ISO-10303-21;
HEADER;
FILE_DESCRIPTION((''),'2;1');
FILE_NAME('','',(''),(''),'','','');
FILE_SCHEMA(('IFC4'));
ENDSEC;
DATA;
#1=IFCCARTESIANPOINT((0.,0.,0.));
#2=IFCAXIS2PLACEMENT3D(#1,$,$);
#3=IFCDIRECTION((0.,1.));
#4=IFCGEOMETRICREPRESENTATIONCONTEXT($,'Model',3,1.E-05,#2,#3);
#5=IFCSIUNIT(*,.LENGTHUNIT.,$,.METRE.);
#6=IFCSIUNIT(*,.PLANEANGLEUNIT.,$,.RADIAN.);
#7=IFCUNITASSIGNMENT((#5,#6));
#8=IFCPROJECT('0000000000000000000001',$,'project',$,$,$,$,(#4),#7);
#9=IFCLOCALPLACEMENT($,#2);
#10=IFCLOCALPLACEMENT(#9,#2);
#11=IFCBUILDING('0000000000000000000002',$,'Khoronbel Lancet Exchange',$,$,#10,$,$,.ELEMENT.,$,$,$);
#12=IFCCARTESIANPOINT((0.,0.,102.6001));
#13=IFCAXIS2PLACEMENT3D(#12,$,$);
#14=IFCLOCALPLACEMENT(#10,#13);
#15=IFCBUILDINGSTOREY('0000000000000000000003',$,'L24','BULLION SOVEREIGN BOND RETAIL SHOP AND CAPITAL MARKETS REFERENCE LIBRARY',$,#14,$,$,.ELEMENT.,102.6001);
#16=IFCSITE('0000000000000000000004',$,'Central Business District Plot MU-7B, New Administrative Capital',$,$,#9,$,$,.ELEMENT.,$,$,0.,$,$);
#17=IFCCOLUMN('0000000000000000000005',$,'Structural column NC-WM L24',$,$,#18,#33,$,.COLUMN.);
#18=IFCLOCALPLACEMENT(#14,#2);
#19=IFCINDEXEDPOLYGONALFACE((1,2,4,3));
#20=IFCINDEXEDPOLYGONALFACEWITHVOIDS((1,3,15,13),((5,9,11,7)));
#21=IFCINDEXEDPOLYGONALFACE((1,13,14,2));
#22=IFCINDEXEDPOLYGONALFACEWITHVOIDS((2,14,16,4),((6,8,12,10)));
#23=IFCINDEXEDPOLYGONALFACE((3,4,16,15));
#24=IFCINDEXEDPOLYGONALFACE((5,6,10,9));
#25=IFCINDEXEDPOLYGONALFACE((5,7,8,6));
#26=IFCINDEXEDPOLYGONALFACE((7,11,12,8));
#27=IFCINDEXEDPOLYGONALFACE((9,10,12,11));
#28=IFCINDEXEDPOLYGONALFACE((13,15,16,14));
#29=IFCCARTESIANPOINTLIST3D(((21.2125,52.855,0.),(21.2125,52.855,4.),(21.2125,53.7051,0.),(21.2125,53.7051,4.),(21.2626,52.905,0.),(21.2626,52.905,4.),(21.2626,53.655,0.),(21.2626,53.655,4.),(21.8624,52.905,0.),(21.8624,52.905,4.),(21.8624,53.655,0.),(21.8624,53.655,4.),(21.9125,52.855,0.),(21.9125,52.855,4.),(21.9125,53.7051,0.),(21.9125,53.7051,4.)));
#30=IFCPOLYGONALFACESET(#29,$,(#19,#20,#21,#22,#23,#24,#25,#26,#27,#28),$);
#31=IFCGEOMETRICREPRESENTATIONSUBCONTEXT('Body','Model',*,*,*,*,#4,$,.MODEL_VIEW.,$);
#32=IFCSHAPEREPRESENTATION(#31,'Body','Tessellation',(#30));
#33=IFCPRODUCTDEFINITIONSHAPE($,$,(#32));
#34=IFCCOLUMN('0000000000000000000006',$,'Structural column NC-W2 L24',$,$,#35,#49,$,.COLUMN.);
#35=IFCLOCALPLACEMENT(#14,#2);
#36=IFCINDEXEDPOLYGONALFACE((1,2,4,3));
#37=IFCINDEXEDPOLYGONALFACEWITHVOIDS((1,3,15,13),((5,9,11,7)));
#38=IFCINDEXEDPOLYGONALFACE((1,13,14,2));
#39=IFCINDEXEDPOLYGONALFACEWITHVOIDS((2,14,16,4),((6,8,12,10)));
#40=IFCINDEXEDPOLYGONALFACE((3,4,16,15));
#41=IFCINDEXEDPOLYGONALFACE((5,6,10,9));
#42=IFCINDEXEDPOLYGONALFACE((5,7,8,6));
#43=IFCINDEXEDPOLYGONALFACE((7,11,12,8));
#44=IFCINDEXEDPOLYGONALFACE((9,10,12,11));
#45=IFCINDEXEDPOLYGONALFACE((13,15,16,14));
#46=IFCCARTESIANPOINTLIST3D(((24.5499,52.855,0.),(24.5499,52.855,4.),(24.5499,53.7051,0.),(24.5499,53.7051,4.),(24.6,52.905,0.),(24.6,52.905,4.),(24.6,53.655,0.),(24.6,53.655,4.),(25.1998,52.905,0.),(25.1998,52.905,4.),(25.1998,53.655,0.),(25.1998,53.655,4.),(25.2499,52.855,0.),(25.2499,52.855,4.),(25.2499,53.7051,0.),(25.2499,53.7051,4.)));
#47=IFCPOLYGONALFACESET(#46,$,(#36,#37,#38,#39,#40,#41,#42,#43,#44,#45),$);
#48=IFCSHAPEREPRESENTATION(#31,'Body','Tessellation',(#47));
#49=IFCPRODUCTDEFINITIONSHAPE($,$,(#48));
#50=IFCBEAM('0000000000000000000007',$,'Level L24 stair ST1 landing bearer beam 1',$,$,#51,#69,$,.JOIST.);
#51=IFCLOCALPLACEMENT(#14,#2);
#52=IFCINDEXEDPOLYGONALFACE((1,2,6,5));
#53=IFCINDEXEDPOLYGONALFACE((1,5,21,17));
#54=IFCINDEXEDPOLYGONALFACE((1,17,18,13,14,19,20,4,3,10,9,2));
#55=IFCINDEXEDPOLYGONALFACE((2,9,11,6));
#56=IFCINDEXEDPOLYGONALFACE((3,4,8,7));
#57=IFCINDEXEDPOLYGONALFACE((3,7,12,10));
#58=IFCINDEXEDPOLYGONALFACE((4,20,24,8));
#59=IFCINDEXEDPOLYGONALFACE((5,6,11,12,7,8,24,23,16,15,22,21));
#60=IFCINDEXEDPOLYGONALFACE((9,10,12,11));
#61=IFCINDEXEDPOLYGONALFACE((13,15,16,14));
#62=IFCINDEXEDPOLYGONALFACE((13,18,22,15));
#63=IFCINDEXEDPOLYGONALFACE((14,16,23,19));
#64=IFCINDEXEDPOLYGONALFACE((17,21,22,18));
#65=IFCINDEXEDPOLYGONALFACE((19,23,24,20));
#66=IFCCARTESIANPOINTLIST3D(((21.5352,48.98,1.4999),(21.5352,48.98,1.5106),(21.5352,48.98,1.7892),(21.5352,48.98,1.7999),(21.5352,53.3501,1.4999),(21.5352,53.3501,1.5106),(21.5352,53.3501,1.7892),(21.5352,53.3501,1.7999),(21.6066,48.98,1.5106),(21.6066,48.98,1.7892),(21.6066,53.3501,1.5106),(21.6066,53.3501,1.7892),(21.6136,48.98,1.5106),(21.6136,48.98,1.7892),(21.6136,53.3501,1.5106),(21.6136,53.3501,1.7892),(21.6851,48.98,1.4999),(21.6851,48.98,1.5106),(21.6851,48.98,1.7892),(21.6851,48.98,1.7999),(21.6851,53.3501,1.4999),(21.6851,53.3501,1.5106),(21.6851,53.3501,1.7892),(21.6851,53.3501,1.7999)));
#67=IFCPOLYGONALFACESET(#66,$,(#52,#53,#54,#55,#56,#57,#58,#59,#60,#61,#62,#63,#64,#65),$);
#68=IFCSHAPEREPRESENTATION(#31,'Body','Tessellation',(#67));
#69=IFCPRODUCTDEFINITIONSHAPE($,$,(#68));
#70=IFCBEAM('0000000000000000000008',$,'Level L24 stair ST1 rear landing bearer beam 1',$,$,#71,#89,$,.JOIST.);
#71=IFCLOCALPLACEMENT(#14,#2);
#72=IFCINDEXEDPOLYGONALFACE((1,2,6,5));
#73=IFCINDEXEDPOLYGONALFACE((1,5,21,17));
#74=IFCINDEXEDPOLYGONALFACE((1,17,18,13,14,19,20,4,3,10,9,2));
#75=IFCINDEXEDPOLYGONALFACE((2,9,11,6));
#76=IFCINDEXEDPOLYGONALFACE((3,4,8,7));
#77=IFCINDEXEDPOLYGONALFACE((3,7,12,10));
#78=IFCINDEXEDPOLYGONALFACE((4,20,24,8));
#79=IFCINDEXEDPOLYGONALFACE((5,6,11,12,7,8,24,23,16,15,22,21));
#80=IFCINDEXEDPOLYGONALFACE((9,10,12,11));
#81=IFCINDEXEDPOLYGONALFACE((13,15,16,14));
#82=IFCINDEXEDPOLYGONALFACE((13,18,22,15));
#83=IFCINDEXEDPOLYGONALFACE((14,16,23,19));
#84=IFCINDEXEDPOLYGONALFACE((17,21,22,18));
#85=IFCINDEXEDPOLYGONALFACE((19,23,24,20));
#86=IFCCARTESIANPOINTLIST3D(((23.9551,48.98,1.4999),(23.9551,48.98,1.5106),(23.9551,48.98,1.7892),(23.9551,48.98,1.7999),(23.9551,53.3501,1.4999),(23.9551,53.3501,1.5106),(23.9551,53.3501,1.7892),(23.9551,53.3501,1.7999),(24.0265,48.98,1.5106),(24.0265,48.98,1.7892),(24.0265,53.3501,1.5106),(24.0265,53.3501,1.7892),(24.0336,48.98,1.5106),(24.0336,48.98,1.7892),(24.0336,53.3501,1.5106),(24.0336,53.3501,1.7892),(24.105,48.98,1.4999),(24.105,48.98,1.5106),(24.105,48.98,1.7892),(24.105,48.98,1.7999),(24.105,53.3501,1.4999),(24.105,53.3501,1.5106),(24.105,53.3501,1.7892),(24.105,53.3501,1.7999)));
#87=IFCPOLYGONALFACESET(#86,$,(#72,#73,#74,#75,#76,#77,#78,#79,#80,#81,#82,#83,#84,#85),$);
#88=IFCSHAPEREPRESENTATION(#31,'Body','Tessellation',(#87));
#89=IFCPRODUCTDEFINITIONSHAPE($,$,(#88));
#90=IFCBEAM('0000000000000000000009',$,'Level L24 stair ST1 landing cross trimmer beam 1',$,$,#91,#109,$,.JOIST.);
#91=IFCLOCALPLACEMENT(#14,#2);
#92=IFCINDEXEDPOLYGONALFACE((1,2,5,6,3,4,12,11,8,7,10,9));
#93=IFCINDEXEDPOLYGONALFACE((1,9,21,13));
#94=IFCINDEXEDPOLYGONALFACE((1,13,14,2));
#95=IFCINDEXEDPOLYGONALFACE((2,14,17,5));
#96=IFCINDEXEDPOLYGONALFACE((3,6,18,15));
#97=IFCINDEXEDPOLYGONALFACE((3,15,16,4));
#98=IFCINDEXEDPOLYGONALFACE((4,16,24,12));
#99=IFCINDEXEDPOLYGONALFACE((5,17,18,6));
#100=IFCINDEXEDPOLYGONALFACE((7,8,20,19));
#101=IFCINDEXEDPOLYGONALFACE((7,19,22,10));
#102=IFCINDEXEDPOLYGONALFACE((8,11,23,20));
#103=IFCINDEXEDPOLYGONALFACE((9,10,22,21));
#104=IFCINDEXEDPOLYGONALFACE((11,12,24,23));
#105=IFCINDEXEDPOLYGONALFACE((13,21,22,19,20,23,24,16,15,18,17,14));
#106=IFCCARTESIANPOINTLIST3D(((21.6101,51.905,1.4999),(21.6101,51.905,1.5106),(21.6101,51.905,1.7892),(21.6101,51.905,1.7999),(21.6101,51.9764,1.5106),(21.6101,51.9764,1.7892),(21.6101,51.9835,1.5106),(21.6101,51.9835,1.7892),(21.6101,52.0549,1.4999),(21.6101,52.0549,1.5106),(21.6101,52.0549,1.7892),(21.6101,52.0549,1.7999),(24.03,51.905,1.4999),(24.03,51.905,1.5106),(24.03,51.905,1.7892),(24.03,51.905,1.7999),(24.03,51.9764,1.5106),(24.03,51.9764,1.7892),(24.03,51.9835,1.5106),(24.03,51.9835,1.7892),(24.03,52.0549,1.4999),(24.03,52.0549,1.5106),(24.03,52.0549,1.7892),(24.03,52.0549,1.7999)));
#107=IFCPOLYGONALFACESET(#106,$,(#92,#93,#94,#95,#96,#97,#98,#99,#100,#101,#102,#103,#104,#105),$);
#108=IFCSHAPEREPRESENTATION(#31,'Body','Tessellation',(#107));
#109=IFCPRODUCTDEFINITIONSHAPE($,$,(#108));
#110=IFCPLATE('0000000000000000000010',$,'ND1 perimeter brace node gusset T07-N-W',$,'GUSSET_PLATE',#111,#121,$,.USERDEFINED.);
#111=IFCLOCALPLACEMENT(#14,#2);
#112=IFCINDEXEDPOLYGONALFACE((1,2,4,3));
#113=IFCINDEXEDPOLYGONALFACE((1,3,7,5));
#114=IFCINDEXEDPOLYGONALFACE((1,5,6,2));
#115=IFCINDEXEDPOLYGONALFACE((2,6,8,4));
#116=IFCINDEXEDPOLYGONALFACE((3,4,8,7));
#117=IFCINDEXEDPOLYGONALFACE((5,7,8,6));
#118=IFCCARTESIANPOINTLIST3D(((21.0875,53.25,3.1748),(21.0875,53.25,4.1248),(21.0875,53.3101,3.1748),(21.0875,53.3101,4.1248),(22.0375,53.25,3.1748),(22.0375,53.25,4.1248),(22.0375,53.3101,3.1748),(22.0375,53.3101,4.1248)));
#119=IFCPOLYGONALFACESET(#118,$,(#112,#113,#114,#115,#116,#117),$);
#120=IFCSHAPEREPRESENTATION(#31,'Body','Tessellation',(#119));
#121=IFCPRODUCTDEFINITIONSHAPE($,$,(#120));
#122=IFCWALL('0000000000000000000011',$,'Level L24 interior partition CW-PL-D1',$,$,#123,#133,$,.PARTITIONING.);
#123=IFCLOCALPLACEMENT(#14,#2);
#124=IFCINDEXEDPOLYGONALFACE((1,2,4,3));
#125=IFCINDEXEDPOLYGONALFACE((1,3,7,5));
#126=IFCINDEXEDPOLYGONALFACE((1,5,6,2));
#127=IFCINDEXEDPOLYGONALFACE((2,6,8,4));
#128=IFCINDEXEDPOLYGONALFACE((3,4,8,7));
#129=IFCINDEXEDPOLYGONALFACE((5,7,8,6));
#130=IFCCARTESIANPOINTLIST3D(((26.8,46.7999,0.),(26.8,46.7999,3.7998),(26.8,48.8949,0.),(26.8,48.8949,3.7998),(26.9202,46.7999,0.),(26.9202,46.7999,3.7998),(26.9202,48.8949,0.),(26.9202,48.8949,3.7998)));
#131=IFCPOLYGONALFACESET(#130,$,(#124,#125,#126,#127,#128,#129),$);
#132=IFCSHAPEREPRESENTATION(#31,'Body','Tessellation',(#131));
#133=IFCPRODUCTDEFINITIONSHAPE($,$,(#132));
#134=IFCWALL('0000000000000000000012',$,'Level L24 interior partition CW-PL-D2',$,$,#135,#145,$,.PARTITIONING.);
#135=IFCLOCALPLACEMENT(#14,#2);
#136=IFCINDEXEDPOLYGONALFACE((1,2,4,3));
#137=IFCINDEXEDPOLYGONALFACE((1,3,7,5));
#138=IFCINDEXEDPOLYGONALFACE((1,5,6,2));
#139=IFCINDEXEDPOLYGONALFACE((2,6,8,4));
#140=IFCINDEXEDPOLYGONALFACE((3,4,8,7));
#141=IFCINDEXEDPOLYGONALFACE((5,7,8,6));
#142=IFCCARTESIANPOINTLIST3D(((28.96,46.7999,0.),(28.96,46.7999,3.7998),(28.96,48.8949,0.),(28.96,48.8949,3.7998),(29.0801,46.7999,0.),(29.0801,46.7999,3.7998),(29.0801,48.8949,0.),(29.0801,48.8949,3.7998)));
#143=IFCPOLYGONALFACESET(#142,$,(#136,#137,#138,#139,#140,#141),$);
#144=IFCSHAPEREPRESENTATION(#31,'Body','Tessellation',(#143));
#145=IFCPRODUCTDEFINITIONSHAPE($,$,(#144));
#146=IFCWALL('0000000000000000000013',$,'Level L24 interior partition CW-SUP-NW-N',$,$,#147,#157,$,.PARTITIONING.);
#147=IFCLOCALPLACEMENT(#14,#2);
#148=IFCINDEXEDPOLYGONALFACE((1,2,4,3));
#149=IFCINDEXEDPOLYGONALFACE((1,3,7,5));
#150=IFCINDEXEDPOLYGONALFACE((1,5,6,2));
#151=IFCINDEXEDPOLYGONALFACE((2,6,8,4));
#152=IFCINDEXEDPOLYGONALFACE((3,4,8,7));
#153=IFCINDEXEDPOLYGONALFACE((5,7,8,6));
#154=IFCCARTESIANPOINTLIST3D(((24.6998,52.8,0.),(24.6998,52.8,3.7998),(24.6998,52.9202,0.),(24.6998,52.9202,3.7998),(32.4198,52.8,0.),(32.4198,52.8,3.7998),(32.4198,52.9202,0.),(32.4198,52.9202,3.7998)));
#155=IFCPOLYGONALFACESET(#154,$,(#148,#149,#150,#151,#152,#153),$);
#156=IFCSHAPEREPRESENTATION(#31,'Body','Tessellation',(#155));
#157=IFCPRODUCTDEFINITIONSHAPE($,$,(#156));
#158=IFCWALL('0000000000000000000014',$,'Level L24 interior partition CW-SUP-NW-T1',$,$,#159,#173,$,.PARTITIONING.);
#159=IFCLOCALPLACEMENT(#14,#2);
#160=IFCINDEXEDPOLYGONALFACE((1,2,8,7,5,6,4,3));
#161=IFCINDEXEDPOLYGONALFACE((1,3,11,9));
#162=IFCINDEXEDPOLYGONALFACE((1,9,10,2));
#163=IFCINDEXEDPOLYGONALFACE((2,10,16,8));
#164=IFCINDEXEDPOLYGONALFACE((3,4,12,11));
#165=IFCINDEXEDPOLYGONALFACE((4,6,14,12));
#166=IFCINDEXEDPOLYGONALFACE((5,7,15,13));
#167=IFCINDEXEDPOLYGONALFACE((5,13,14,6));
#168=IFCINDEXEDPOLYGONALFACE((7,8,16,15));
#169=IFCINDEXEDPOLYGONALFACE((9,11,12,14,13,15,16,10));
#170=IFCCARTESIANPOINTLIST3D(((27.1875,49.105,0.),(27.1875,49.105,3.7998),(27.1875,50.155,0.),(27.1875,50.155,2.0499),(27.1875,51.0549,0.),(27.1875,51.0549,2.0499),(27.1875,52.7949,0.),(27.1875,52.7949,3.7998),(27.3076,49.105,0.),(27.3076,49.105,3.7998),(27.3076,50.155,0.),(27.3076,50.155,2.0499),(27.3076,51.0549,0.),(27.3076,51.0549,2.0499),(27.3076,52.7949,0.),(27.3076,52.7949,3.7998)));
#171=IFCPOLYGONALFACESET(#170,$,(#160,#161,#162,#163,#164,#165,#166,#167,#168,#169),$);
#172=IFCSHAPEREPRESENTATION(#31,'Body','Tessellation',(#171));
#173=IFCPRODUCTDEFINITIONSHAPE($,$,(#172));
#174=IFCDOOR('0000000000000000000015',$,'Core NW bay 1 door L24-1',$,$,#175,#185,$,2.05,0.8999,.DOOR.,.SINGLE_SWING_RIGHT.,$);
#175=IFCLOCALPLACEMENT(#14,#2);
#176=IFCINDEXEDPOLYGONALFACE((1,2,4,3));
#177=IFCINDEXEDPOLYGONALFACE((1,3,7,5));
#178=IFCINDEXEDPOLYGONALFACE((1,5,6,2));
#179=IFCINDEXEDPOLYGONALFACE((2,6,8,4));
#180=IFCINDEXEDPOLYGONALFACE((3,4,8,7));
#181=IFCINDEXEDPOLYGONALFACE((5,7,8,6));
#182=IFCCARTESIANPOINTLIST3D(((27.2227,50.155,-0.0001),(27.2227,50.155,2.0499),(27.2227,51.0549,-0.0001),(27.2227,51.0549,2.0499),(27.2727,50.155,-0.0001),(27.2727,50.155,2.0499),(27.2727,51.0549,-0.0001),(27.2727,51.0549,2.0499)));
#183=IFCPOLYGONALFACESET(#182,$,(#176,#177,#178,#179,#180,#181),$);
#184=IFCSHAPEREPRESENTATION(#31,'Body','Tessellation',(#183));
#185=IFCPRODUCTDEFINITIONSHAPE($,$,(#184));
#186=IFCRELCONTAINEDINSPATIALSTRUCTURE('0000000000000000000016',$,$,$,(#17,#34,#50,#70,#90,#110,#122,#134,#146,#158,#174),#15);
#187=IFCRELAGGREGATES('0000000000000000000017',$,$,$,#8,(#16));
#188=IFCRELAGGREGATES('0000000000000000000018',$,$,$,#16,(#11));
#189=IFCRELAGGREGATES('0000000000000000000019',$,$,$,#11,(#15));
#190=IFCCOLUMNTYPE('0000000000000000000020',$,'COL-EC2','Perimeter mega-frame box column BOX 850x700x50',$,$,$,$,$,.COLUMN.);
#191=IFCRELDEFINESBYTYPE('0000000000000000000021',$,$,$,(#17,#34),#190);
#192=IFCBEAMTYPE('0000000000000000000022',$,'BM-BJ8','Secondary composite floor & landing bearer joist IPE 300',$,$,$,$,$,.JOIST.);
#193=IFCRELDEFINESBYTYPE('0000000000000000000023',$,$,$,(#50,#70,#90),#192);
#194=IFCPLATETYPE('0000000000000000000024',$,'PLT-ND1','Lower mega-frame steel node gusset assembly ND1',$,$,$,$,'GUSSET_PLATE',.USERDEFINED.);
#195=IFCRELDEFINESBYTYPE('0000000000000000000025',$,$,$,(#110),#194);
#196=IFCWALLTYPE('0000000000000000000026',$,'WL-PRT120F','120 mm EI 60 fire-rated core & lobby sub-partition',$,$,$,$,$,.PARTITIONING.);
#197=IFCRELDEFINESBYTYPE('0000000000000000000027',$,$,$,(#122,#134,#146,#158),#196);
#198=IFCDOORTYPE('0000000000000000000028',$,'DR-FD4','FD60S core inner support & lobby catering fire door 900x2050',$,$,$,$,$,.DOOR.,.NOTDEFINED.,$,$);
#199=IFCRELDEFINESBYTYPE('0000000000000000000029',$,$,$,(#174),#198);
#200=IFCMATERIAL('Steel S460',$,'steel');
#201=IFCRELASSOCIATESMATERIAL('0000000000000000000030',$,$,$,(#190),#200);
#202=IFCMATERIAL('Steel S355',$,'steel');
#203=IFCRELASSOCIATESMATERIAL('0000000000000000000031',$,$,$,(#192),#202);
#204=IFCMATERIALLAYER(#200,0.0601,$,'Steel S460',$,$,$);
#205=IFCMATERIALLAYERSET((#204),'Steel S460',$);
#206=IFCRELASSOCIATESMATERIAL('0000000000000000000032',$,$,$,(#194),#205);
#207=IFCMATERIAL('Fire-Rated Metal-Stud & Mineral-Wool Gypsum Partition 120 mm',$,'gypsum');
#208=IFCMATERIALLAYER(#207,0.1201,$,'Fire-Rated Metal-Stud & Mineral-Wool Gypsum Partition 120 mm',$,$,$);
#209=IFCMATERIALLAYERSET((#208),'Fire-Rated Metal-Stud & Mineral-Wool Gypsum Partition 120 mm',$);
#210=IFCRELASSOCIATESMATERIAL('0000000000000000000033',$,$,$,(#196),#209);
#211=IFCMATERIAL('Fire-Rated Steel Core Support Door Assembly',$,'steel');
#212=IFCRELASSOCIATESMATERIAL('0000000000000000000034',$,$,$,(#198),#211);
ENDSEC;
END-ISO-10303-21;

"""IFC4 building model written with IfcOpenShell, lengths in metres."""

from ifc_helpers import new_model, si_unit, direction, frame, frame_2d, origin, origin_2d, place, context, subcontext, project, spatial, rectangle, hollow_rectangle, i_section, extrude, material, layer, layer_set, material_profile, profile_set, type_object, element, fill, save


model = new_model("IFC4")

# Units and contexts
model_context = context("Model", 3, precision=1e-05, world=origin(), true_north=direction((0.0, 1.0)))
body_context = subcontext(model_context, "Body", "Model", "MODEL_VIEW")
ifc_project = project(units=[si_unit("LENGTHUNIT", "METRE"), si_unit("PLANEANGLEUNIT", "RADIAN")], contexts=[model_context])

# Site, building, storey
site_placement = place(None, origin())
site = spatial("IfcSite", under=ifc_project, at=site_placement, Name="Central Business District Plot MU-7B, New Administrative Capital", CompositionType="ELEMENT", RefElevation=0.0)
building_placement = place(site_placement, origin())
building = spatial("IfcBuilding", under=site, at=building_placement, Name="Khoronbel Lancet Exchange", CompositionType="ELEMENT")
storey_placement = place(building_placement, frame((0.0, 0.0, 102.6001)))
storey = spatial("IfcBuildingStorey", under=building, at=storey_placement, Name="L24", Description="BULLION SOVEREIGN BOND RETAIL SHOP AND CAPITAL MARKETS REFERENCE LIBRARY", CompositionType="ELEMENT", Elevation=102.6001)

# Columns
ifc_material_1 = material(Name="Steel S460", Category="steel")
ifc_material_profile_1 = material_profile(ifc_material_1, hollow_rectangle(XDim=0.7, YDim=0.8501, WallThickness=0.05, at=origin_2d()), Name="BOX 850x700x50")
ifc_profile_set_1 = profile_set([ifc_material_profile_1], Name="Steel S460")
column_type = type_object("IfcColumnType", Name="COL-EC2", Description="Perimeter mega-frame box column BOX 850x700x50", PredefinedType="COLUMN", material=ifc_profile_set_1)
for number, where, z_axis, x_axis, name in (
    (1, (21.5625, 53.28, 0.0), (0.0, 0.0, 1.0), (1.0, 0.0, 0.0), "Structural column NC-WM L24"),
    (2, (24.8999, 53.28, 0.0), (0.0, 0.0, 1.0), (1.0, 0.0, 0.0), "Structural column NC-W2 L24"),
):
    element("IfcColumn", number, at=place(storey_placement, frame(where, z_axis=z_axis, x_axis=x_axis)), inside=storey, type_object=column_type, Name=name, PredefinedType="COLUMN", context=body_context, shape_type="SweptSolid", body=[
        extrude(hollow_rectangle(XDim=0.7, YDim=0.8501, WallThickness=0.05, at=origin_2d()), origin(), (0.0, 0.0, 1.0), 4.0),
    ])

# Beams
ifc_material_2 = material(Name="Steel S355", Category="steel")
ifc_material_profile_2 = material_profile(ifc_material_2, i_section(OverallWidth=0.1499, OverallDepth=0.3, WebThickness=0.0071, FlangeThickness=0.0107, at=origin_2d()), Name="IPE 300")
ifc_profile_set_2 = profile_set([ifc_material_profile_2], Name="Steel S355")
beam_type = type_object("IfcBeamType", Name="BM-BJ8", Description="Secondary composite floor & landing bearer joist IPE 300", PredefinedType="JOIST", material=ifc_profile_set_2)
for number, where, z_axis, x_axis, name in (
    (3, (21.6101, 48.98, 1.6499), (0.0, 1.0, 0.0), (-1.0, 0.0, 0.0), "Level L24 stair ST1 landing bearer beam 1"),
    (4, (24.03, 48.98, 1.6499), (0.0, 1.0, 0.0), (-1.0, 0.0, 0.0), "Level L24 stair ST1 rear landing bearer beam 1"),
):
    element("IfcBeam", number, at=place(storey_placement, frame(where, z_axis=z_axis, x_axis=x_axis)), inside=storey, type_object=beam_type, Name=name, PredefinedType="JOIST", context=body_context, shape_type="SweptSolid", body=[
        extrude(i_section(OverallWidth=0.1499, OverallDepth=0.3, WebThickness=0.0071, FlangeThickness=0.0107, at=origin_2d()), origin(), (0.0, 0.0, 1.0), 4.3701),
    ])
beam_placement = place(storey_placement, frame((21.6101, 51.98, 1.6499), z_axis=(1.0, 0.0, 0.0), x_axis=(0.0, 1.0, 0.0)))
element("IfcBeam", 5, at=beam_placement, inside=storey, type_object=beam_type, Name="Level L24 stair ST1 landing cross trimmer beam 1", PredefinedType="JOIST", context=body_context, shape_type="SweptSolid", body=[
    extrude(i_section(OverallWidth=0.1499, OverallDepth=0.3, WebThickness=0.0071, FlangeThickness=0.0107, at=origin_2d()), origin(), (0.0, 0.0, 1.0), 2.4199),
])

# Plate
ifc_layer_1 = layer(ifc_material_1, 0.0601, Name="Steel S460")
ifc_layer_set_1 = layer_set([ifc_layer_1], Name="Steel S460")
plate_type = type_object("IfcPlateType", Name="PLT-ND1", Description="Lower mega-frame steel node gusset assembly ND1", ElementType="GUSSET_PLATE", PredefinedType="USERDEFINED", material=ifc_layer_set_1)
plate_placement = place(storey_placement, frame((21.5625, 53.28, 3.1748), z_axis=(0.0, 0.0, 1.0), x_axis=(1.0, 0.0, 0.0)))
element("IfcPlate", 6, at=plate_placement, inside=storey, type_object=plate_type, Name="ND1 perimeter brace node gusset T07-N-W", ObjectType="GUSSET_PLATE", PredefinedType="USERDEFINED", context=body_context, shape_type="SweptSolid", body=[
    extrude(rectangle(XDim=0.95, YDim=0.0601, at=origin_2d()), origin(), (0.0, 0.0, 1.0), 0.95),
])

# Walls
ifc_material_3 = material(Name="Fire-Rated Metal-Stud & Mineral-Wool Gypsum Partition 120 mm", Category="gypsum")
ifc_layer_2 = layer(ifc_material_3, 0.1201, Name="Fire-Rated Metal-Stud & Mineral-Wool Gypsum Partition 120 mm")
ifc_layer_set_2 = layer_set([ifc_layer_2], Name="Fire-Rated Metal-Stud & Mineral-Wool Gypsum Partition 120 mm")
wall_type_1 = type_object("IfcWallType", Name="WL-PRT120F", Description="120 mm EI 60 fire-rated core & lobby sub-partition", PredefinedType="PARTITIONING", material=ifc_layer_set_2)
for number, where, z_axis, x_axis, name in (
    (7, (26.8601, 46.8, 0.0), (0.0, 0.0, 1.0), (0.0, 1.0, 0.0), "Level L24 interior partition CW-PL-D1"),
    (8, (29.02, 46.8, 0.0), (0.0, 0.0, 1.0), (0.0, 1.0, 0.0), "Level L24 interior partition CW-PL-D2"),
):
    element("IfcWall", number, at=place(storey_placement, frame(where, z_axis=z_axis, x_axis=x_axis)), inside=storey, type_object=wall_type_1, Name=name, PredefinedType="PARTITIONING", context=body_context, shape_type="SweptSolid", body=[
        extrude(rectangle(XDim=2.095, YDim=0.1201, at=frame_2d((1.0474, 0.0))), origin(), (0.0, 0.0, 1.0), 3.7998),
    ])
wall_1_placement = place(storey_placement, frame((24.7, 52.8601, 0.0), z_axis=(0.0, 0.0, 1.0), x_axis=(1.0, 0.0, 0.0)))
element("IfcWall", 9, at=wall_1_placement, inside=storey, type_object=wall_type_1, Name="Level L24 interior partition CW-SUP-NW-N", PredefinedType="PARTITIONING", context=body_context, shape_type="SweptSolid", body=[
    extrude(rectangle(XDim=7.72, YDim=0.1201, at=frame_2d((3.8599, 0.0))), origin(), (0.0, 0.0, 1.0), 3.7998),
])

# Wall, opening, door
wall_2_placement = place(storey_placement, frame((27.2476, 49.105, 0.0), z_axis=(0.0, 0.0, 1.0), x_axis=(0.0, 1.0, 0.0)))
wall_2 = element("IfcWall", 10, at=wall_2_placement, inside=storey, type_object=wall_type_1, Name="Level L24 interior partition CW-SUP-NW-T1", PredefinedType="PARTITIONING", context=body_context, shape_type="SweptSolid", body=[
    extrude(rectangle(XDim=3.6899, YDim=0.1201, at=frame_2d((1.845, 0.0))), origin(), (0.0, 0.0, 1.0), 3.7998),
])
opening_1_placement = place(wall_2_placement, frame((1.05, 0.0, 0.0)))
opening_1 = element("IfcOpeningElement", 11, at=opening_1_placement, cuts=wall_2, PredefinedType="OPENING", context=body_context, shape_type="SweptSolid", body=[
    extrude(rectangle(XDim=0.8999, YDim=2.05, at=frame_2d((0.45, 1.0249))), frame((0.0, 0.0701, 0.0), z_axis=(0.0, -1.0, 0.0), x_axis=(1.0, 0.0, 0.0)), (0.0, 0.0, 1.0), 0.1401),
])
ifc_material_4 = material(Name="Fire-Rated Steel Core Support Door Assembly", Category="steel")
door_type_1 = type_object("IfcDoorType", Name="DR-FD4", Description="FD60S core inner support & lobby catering fire door 900x2050", OperationType="NOTDEFINED", PredefinedType="DOOR", material=ifc_material_4)
door_1_placement = place(opening_1_placement, origin())
door_1 = element("IfcDoor", 12, at=door_1_placement, inside=storey, type_object=door_type_1, Name="Core NW bay 1 door L24-1", OperationType="SINGLE_SWING_RIGHT", OverallHeight=2.05, OverallWidth=0.8999, PredefinedType="DOOR", context=body_context, shape_type="SweptSolid", body=[
    extrude(rectangle(XDim=0.8999, YDim=2.05, at=frame_2d((0.45, 1.0249))), frame((0.0, 0.0249, 0.0), z_axis=(0.0, -1.0, 0.0), x_axis=(1.0, 0.0, 0.0)), (0.0, 0.0, 1.0), 0.05),
])
fill(opening_1, door_1)

save(model, "model.ifc")
